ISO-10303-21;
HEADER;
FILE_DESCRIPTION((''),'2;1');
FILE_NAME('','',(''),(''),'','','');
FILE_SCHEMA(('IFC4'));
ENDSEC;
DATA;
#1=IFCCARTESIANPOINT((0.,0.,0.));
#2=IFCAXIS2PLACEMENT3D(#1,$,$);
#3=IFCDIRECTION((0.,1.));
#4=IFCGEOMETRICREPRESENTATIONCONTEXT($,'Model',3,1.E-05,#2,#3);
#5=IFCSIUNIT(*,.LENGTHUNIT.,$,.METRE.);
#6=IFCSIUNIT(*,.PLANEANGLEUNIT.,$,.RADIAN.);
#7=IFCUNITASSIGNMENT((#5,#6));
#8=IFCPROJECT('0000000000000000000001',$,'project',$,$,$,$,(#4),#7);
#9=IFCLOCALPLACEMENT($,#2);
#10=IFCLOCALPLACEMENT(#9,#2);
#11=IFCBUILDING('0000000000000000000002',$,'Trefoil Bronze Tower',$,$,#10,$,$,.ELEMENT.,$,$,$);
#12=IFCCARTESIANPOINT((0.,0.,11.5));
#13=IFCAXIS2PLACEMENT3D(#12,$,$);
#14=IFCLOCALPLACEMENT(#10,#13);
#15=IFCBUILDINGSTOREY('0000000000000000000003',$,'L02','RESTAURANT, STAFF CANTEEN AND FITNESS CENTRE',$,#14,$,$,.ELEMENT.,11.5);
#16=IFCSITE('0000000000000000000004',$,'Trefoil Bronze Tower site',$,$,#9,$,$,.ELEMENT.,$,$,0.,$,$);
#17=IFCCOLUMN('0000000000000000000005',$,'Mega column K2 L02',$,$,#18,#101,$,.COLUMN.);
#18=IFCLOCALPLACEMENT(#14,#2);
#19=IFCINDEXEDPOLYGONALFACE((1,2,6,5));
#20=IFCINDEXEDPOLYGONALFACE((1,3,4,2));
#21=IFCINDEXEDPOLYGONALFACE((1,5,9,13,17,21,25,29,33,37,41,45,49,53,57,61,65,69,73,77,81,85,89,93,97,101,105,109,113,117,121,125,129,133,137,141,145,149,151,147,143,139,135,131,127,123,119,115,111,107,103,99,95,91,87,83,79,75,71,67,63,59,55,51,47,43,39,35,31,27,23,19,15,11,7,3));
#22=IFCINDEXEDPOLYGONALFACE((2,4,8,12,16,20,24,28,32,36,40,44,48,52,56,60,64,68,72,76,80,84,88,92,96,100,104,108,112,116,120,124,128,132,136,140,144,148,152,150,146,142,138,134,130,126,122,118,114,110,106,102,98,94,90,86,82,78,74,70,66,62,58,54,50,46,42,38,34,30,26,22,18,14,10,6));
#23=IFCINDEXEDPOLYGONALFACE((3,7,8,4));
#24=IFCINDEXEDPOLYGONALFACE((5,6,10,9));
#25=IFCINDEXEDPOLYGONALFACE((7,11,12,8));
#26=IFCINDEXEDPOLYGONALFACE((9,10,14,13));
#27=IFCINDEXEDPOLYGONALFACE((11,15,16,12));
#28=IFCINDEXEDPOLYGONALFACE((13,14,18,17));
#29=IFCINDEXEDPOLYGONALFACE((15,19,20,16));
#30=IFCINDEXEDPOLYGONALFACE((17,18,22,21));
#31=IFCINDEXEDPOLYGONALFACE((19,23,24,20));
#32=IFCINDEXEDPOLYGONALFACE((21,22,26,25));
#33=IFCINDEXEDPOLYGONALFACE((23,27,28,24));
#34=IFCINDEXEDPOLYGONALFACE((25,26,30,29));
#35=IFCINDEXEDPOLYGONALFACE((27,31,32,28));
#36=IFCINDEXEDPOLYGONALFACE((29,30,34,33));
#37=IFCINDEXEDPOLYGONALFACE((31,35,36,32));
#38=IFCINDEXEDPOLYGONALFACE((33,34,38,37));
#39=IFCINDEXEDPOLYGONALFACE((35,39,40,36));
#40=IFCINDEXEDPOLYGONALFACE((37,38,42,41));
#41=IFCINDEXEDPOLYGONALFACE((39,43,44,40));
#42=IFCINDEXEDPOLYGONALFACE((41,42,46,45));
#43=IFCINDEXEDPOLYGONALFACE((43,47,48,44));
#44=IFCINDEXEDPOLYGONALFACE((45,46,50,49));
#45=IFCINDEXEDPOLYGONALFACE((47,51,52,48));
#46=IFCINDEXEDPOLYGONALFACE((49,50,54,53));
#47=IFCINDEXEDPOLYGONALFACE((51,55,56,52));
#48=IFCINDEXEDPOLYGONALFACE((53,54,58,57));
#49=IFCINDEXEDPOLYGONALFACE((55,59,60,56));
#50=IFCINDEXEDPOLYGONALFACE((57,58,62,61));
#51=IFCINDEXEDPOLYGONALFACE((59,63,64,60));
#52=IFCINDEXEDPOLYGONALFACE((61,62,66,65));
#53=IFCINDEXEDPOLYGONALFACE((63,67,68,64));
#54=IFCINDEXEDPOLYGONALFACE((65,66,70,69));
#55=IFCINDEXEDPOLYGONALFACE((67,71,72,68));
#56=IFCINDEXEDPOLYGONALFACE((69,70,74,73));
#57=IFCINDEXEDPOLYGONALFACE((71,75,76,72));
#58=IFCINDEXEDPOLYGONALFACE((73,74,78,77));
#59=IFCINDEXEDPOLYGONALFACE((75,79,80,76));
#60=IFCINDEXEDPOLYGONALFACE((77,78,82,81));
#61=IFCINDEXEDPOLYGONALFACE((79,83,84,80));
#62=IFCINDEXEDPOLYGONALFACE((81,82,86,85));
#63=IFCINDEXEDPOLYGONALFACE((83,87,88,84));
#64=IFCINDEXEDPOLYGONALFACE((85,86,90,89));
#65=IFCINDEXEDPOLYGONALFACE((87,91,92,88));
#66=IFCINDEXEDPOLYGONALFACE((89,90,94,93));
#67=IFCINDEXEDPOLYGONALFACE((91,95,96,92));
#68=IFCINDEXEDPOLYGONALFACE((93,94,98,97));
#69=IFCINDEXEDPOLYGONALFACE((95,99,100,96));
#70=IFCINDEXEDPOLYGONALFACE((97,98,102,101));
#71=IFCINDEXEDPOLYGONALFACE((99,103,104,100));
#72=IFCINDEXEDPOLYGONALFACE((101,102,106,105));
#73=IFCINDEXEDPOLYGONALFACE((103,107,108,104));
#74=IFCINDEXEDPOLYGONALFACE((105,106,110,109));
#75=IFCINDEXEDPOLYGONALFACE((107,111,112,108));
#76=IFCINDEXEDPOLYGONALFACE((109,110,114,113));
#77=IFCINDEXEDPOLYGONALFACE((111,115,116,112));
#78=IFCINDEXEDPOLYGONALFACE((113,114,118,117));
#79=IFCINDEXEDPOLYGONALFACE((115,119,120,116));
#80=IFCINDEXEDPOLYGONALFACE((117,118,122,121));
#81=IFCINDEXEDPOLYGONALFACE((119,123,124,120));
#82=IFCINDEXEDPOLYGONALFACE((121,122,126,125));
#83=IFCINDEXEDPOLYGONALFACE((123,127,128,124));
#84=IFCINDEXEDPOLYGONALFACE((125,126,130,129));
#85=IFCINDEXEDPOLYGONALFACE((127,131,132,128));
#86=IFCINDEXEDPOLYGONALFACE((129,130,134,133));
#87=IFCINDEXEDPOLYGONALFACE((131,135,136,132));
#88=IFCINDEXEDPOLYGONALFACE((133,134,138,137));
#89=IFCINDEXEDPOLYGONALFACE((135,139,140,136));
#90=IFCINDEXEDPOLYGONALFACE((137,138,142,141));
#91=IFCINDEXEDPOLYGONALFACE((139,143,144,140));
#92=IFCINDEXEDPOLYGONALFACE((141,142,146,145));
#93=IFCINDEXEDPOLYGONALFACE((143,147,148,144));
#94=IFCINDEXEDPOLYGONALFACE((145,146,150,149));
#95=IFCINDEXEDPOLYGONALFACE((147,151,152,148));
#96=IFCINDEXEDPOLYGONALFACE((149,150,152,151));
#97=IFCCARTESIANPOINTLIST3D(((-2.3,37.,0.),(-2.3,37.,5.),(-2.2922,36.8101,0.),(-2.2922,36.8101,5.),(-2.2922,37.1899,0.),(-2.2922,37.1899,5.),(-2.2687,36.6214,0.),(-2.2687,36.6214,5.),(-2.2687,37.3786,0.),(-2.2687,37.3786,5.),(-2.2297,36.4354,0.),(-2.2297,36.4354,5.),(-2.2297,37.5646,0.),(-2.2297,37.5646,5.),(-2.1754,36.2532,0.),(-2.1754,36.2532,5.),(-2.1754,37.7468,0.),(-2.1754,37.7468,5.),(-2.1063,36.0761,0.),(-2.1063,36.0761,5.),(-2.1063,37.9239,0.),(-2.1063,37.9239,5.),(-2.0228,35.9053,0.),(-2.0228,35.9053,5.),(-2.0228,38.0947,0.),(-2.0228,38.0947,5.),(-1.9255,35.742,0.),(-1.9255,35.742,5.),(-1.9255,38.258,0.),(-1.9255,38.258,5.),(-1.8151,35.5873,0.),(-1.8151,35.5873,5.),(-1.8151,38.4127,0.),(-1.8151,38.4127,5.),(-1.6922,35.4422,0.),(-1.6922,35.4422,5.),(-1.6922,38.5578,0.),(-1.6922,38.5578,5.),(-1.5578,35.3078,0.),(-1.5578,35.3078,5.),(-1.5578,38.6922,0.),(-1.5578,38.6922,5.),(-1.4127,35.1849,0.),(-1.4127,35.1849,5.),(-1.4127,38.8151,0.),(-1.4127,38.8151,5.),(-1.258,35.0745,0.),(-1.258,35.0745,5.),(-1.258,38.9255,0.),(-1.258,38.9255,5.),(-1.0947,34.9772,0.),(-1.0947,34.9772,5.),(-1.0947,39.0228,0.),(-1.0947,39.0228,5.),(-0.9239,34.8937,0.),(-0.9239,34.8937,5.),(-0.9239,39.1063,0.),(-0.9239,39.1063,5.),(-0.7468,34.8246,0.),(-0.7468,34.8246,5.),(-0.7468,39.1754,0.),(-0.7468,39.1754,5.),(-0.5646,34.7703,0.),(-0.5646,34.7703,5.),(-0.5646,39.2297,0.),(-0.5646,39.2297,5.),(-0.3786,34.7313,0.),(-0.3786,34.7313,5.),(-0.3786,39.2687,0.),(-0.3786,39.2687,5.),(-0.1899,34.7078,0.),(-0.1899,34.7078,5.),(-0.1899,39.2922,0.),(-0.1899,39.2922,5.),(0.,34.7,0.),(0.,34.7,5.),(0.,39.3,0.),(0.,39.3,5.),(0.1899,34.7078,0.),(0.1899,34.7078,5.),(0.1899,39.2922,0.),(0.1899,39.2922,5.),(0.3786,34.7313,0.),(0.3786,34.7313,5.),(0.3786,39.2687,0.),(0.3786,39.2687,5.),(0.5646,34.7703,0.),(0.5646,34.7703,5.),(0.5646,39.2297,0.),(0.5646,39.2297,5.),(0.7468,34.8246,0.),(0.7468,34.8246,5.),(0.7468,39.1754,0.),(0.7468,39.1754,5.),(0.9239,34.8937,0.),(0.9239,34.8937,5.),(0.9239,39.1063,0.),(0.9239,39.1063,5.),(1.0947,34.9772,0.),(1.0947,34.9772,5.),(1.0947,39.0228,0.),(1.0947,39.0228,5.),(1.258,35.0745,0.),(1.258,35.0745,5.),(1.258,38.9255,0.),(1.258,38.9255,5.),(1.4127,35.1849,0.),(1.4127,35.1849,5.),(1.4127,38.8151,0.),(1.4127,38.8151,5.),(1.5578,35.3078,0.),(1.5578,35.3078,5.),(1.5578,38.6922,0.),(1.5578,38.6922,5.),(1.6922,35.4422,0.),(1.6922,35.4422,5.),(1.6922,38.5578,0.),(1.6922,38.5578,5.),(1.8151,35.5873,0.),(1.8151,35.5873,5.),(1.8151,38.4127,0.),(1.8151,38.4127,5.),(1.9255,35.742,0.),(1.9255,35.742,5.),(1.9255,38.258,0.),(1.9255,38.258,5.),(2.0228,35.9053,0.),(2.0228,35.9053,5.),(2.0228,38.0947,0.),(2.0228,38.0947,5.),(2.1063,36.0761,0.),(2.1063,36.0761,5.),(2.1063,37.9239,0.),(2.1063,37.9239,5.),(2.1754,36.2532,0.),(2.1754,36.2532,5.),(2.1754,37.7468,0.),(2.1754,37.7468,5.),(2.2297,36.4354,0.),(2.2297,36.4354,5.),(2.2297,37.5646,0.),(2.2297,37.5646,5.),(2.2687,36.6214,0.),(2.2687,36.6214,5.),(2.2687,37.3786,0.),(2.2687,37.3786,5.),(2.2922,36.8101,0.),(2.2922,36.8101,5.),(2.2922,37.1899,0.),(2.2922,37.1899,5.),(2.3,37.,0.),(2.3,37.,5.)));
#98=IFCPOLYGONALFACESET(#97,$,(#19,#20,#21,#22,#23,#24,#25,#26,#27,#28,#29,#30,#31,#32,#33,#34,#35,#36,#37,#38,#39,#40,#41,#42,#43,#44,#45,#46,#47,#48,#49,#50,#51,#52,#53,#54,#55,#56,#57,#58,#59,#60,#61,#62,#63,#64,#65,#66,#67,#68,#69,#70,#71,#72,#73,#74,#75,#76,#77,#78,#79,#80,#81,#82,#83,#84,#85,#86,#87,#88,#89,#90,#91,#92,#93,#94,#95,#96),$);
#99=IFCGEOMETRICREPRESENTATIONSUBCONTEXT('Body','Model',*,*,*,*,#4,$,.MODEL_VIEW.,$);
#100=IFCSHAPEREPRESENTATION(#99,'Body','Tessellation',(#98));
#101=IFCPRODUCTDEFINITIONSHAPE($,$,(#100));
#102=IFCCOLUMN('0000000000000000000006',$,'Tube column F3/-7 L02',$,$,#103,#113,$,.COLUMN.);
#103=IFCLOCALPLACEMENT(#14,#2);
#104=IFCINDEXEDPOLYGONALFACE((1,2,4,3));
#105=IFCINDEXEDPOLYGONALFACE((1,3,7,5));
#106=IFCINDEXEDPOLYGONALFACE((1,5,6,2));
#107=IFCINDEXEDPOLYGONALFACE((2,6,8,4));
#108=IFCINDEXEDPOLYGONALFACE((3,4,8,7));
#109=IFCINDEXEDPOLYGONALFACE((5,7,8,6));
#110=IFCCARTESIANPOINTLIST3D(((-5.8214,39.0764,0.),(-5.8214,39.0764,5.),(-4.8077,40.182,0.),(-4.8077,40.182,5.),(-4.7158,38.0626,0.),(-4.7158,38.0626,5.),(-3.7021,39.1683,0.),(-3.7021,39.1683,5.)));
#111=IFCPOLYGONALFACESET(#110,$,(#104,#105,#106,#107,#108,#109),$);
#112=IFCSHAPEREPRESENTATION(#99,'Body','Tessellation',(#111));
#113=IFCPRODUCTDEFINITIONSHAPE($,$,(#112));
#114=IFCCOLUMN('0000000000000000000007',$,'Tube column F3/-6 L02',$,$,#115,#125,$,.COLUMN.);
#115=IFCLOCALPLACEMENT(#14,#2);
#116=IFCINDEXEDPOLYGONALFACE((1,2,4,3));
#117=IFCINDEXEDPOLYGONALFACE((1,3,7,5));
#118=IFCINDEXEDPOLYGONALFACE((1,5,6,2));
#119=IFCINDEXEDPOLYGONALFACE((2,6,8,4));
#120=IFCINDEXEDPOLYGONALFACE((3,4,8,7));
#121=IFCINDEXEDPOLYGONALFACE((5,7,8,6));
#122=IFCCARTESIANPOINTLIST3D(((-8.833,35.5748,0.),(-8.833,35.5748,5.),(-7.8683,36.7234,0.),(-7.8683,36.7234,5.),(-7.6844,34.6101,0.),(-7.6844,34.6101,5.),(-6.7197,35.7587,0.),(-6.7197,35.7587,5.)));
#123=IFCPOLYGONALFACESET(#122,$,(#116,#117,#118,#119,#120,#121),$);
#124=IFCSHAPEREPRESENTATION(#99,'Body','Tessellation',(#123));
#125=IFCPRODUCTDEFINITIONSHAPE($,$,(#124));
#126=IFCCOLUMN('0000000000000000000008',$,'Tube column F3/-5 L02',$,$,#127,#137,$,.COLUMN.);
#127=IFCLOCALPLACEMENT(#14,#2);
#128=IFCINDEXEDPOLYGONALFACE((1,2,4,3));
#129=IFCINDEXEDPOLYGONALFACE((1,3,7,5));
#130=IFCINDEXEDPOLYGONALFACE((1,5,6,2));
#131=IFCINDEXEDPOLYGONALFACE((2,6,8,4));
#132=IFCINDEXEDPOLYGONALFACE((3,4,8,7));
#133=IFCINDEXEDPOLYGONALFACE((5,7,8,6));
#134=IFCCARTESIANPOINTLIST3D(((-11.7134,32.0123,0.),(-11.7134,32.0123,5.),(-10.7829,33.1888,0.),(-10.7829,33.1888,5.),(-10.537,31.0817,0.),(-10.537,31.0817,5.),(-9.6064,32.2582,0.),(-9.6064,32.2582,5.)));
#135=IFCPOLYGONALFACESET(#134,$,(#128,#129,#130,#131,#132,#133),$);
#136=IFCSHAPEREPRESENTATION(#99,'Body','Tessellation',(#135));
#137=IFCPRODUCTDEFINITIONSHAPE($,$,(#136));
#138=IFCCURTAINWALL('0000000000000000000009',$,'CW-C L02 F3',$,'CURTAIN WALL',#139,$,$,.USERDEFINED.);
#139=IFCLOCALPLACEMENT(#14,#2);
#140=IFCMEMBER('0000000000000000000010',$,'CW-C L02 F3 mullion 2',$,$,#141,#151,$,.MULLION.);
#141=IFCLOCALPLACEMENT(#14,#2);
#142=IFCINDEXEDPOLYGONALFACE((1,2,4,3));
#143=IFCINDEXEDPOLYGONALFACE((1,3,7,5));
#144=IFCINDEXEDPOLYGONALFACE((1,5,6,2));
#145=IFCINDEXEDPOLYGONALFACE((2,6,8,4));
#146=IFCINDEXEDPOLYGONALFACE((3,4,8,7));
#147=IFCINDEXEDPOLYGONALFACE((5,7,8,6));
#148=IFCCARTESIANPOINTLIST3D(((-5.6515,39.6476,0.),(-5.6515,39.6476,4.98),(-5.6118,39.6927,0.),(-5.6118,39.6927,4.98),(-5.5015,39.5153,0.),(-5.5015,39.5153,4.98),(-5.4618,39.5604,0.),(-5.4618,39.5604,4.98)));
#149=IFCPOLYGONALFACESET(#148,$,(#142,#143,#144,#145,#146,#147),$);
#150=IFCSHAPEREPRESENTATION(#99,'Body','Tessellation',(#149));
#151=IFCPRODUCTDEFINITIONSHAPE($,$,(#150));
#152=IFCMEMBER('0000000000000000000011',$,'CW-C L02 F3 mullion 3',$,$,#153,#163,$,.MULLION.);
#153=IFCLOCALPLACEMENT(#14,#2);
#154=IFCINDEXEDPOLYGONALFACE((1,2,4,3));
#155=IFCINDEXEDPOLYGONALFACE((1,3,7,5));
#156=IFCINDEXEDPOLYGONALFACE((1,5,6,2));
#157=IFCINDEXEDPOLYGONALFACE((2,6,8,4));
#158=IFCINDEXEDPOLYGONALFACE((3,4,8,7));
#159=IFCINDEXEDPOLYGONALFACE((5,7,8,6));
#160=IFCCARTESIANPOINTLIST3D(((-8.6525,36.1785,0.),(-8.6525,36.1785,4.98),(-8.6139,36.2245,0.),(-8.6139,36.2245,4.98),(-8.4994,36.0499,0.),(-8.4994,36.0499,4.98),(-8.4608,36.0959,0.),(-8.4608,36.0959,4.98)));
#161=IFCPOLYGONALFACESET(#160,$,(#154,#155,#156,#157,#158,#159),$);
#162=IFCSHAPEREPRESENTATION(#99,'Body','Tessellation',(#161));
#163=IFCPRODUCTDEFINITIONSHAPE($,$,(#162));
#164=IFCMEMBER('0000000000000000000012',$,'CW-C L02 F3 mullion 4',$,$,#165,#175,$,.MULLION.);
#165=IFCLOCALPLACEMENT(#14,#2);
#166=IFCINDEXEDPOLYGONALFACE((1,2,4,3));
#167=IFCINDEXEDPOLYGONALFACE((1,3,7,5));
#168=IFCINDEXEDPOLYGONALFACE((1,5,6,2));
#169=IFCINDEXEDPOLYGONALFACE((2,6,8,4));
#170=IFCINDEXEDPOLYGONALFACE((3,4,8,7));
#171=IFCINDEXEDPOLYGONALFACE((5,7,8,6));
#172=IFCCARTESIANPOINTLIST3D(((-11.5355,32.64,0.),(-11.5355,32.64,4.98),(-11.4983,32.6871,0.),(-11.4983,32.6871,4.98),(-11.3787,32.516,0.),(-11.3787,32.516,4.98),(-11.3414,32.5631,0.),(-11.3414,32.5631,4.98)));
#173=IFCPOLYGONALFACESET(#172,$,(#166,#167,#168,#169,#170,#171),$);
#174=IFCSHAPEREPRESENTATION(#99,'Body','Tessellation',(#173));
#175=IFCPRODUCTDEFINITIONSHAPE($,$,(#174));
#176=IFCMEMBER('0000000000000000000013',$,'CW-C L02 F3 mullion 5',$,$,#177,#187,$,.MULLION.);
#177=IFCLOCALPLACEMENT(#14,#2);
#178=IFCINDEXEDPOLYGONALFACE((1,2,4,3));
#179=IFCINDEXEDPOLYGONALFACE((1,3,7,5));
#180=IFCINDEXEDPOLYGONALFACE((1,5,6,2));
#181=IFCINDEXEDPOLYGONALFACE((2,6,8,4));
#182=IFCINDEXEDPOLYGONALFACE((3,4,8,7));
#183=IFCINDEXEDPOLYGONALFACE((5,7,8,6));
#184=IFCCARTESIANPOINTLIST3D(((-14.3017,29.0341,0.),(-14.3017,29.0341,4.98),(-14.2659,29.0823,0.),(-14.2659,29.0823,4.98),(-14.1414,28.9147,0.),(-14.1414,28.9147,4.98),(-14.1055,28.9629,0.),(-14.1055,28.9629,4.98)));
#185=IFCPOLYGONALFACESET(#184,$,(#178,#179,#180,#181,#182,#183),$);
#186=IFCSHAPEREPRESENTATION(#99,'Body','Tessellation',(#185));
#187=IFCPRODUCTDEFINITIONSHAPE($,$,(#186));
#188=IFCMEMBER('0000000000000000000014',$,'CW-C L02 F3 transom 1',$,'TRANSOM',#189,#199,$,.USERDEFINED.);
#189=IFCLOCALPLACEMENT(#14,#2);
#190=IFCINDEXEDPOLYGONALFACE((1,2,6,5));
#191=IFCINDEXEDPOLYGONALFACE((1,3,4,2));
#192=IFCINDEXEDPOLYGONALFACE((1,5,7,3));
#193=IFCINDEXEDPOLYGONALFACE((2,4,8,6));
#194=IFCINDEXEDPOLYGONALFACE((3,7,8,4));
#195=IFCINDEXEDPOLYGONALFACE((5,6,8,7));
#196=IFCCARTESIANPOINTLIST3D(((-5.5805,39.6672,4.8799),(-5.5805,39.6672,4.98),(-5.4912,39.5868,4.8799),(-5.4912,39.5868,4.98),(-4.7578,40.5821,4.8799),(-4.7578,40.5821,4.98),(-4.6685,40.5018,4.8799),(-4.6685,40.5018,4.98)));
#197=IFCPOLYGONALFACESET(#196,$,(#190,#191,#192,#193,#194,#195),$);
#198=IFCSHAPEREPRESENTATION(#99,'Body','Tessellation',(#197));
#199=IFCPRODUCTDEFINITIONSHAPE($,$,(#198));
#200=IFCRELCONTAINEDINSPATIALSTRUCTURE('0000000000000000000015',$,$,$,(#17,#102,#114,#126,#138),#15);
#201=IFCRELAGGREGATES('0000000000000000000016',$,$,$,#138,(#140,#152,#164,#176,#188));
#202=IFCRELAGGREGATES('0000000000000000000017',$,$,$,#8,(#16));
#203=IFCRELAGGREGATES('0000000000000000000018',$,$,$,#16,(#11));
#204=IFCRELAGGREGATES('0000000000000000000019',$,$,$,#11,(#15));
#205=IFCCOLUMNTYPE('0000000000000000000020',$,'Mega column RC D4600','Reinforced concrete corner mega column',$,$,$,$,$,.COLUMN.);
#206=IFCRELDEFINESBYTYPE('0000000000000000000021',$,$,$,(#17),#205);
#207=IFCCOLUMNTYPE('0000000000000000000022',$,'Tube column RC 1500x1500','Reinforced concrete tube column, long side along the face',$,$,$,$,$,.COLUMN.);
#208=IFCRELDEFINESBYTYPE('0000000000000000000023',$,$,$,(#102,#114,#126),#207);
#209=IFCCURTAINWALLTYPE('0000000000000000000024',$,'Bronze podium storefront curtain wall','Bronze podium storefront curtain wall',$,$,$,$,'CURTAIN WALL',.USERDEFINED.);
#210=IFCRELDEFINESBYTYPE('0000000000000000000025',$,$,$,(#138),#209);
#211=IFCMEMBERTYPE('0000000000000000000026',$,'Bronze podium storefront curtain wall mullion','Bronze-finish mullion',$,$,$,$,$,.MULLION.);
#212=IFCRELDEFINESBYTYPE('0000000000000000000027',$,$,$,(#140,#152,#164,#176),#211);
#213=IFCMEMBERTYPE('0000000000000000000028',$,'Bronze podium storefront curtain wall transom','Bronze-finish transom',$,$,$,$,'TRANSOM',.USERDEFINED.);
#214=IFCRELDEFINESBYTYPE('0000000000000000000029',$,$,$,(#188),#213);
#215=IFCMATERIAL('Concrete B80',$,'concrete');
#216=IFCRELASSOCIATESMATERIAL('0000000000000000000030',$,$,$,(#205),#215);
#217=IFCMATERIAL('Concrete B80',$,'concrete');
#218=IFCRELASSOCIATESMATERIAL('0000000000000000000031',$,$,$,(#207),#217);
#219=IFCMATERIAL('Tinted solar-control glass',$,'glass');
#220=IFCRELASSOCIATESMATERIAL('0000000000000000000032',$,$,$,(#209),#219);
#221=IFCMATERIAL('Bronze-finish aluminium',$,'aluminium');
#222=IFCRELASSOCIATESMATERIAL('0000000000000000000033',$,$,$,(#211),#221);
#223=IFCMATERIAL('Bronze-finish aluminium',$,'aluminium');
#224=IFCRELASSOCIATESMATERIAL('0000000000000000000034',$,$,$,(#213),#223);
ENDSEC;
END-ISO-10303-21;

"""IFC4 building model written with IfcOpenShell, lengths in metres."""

from ifc_helpers import new_model, si_unit, direction, frame, origin, origin_2d, place, context, subcontext, project, spatial, rectangle, circle, extrude, material, material_profile, profile_set, type_object, element, aggregate, save


model = new_model("IFC4")

# Units and contexts
model_context = context("Model", 3, precision=1e-05, world=origin(), true_north=direction((0.0, 1.0)))
body_context = subcontext(model_context, "Body", "Model", "MODEL_VIEW")
ifc_project = project(units=[si_unit("LENGTHUNIT", "METRE"), si_unit("PLANEANGLEUNIT", "RADIAN")], contexts=[model_context])

# Site, building, storey
site_placement = place(None, origin())
site = spatial("IfcSite", under=ifc_project, at=site_placement, Name="Trefoil Bronze Tower site", CompositionType="ELEMENT", RefElevation=0.0)
building_placement = place(site_placement, origin())
building = spatial("IfcBuilding", under=site, at=building_placement, Name="Trefoil Bronze Tower", CompositionType="ELEMENT")
storey_placement = place(building_placement, frame((0.0, 0.0, 11.5)))
storey = spatial("IfcBuildingStorey", under=building, at=storey_placement, Name="L02", Description="RESTAURANT, STAFF CANTEEN AND FITNESS CENTRE", CompositionType="ELEMENT", Elevation=11.5)

# Columns
ifc_material_1 = material(Name="Concrete B80", Category="concrete")
ifc_material_profile_1 = material_profile(ifc_material_1, circle(Radius=2.3, at=origin_2d()), Name="RC D4600")
ifc_profile_set_1 = profile_set([ifc_material_profile_1], Name="Concrete B80")
column_type_1 = type_object("IfcColumnType", Name="Mega column RC D4600", Description="Reinforced concrete corner mega column", PredefinedType="COLUMN", material=ifc_profile_set_1)
column_placement = place(storey_placement, frame((0.0, 37.0, 0.0), z_axis=(0.0, 0.0, 1.0), x_axis=(1.0, 0.0, 0.0)))
element("IfcColumn", 1, at=column_placement, inside=storey, type_object=column_type_1, Name="Mega column K2 L02", PredefinedType="COLUMN", context=body_context, shape_type="SweptSolid", body=[
    extrude(circle(Radius=2.3, at=origin_2d()), origin(), (0.0, 0.0, 1.0), 5.0),
])
ifc_material_2 = material(Name="Concrete B80", Category="concrete")
ifc_material_profile_2 = material_profile(ifc_material_2, rectangle(XDim=1.5, YDim=1.5, at=origin_2d()), Name="RC 1500x1500")
ifc_profile_set_2 = profile_set([ifc_material_profile_2], Name="Concrete B80")
column_type_2 = type_object("IfcColumnType", Name="Tube column RC 1500x1500", Description="Reinforced concrete tube column, long side along the face", PredefinedType="COLUMN", material=ifc_profile_set_2)
for number, where, z_axis, x_axis, name in (
    (2, (-4.7617, 39.1223, 0.0), (0.0, 0.0, 1.0), (-0.675816, -0.73707, 0.0), "Tube column F3/-7 L02"),
    (3, (-7.7764, 35.6667, 0.0), (0.0, 0.0, 1.0), (-0.643163, -0.765729, 0.0), "Tube column F3/-6 L02"),
    (4, (-10.6599, 32.1353, 0.0), (0.0, 0.0, 1.0), (-0.620376, -0.784305, 0.0), "Tube column F3/-5 L02"),
):
    element("IfcColumn", number, at=place(storey_placement, frame(where, z_axis=z_axis, x_axis=x_axis)), inside=storey, type_object=column_type_2, Name=name, PredefinedType="COLUMN", context=body_context, shape_type="SweptSolid", body=[
        extrude(rectangle(XDim=1.5, YDim=1.5, at=origin_2d()), origin(), (0.0, 0.0, 1.0), 5.0),
    ])

# Curtain wall, members
ifc_material_3 = material(Name="Tinted solar-control glass", Category="glass")
curtain_wall_type_1 = type_object("IfcCurtainWallType", Name="Bronze podium storefront curtain wall", Description="Bronze podium storefront curtain wall", ElementType="CURTAIN WALL", PredefinedType="USERDEFINED", material=ifc_material_3)
curtain_wall_1_placement = place(storey_placement, origin())
curtain_wall_1 = element("IfcCurtainWall", 5, at=curtain_wall_1_placement, inside=storey, type_object=curtain_wall_type_1, Name="CW-C L02 F3", ObjectType="CURTAIN WALL", PredefinedType="USERDEFINED")
ifc_material_4 = material(Name="Bronze-finish aluminium", Category="aluminium")
ifc_material_profile_3 = material_profile(ifc_material_4, rectangle(XDim=0.2, YDim=0.0601, at=origin_2d()), Name="CW-C mullion")
ifc_profile_set_3 = profile_set([ifc_material_profile_3], Name="Bronze-finish aluminium")
member_type_1 = type_object("IfcMemberType", Name="Bronze podium storefront curtain wall mullion", Description="Bronze-finish mullion", PredefinedType="MULLION", material=ifc_profile_set_3)
member_1_placement = place(storey_placement, frame((-5.5566, 39.604, 0.0), z_axis=(0.0, 0.0, 1.0), x_axis=(0.749941, -0.661505, 0.0)))
member_1 = element("IfcMember", 6, at=member_1_placement, type_object=member_type_1, Name="CW-C L02 F3 mullion 2", PredefinedType="MULLION", context=body_context, shape_type="SweptSolid", body=[
    extrude(rectangle(XDim=0.2, YDim=0.0601, at=origin_2d()), origin(), (0.0, 0.0, 1.0), 4.98),
])
member_2_placement = place(storey_placement, frame((-8.5566, 36.1372, 0.0), z_axis=(0.0, 0.0, 1.0), x_axis=(0.765729, -0.643163, 0.0)))
member_2 = element("IfcMember", 7, at=member_2_placement, type_object=member_type_1, Name="CW-C L02 F3 mullion 3", PredefinedType="MULLION", context=body_context, shape_type="SweptSolid", body=[
    extrude(rectangle(XDim=0.2, YDim=0.0601, at=origin_2d()), origin(), (0.0, 0.0, 1.0), 4.98),
])
member_3_placement = place(storey_placement, frame((-11.4385, 32.6016, 0.0), z_axis=(0.0, 0.0, 1.0), x_axis=(0.784305, -0.620376, 0.0)))
member_3 = element("IfcMember", 8, at=member_3_placement, type_object=member_type_1, Name="CW-C L02 F3 mullion 4", PredefinedType="MULLION", context=body_context, shape_type="SweptSolid", body=[
    extrude(rectangle(XDim=0.2, YDim=0.0601, at=origin_2d()), origin(), (0.0, 0.0, 1.0), 4.98),
])
member_4_placement = place(storey_placement, frame((-14.2036, 28.9985, 0.0), z_axis=(0.0, 0.0, 1.0), x_axis=(0.802127, -0.597154, 0.0)))
member_4 = element("IfcMember", 9, at=member_4_placement, type_object=member_type_1, Name="CW-C L02 F3 mullion 5", PredefinedType="MULLION", context=body_context, shape_type="SweptSolid", body=[
    extrude(rectangle(XDim=0.2, YDim=0.0601, at=origin_2d()), origin(), (0.0, 0.0, 1.0), 4.98),
])
ifc_material_5 = material(Name="Bronze-finish aluminium", Category="aluminium")
ifc_material_profile_4 = material_profile(ifc_material_5, rectangle(XDim=0.1201, YDim=0.1001, at=origin_2d()), Name="CW-C transom")
ifc_profile_set_4 = profile_set([ifc_material_profile_4], Name="Bronze-finish aluminium")
member_type_2 = type_object("IfcMemberType", Name="Bronze podium storefront curtain wall transom", Description="Bronze-finish transom", ElementType="TRANSOM", PredefinedType="USERDEFINED", material=ifc_profile_set_4)
member_5_placement = place(storey_placement, frame((-4.7131, 40.542, 4.9299), z_axis=(-0.668614, -0.74361, 0.0), x_axis=(0.74361, -0.668614, 0.0)))
member_5 = element("IfcMember", 10, at=member_5_placement, type_object=member_type_2, Name="CW-C L02 F3 transom 1", ObjectType="TRANSOM", PredefinedType="USERDEFINED", context=body_context, shape_type="SweptSolid", body=[
    extrude(rectangle(XDim=0.1201, YDim=0.1001, at=origin_2d()), origin(), (0.0, 0.0, 1.0), 1.2305),
])

aggregate(curtain_wall_1, [member_1, member_2, member_3, member_4, member_5])

save(model, "model.ifc")
